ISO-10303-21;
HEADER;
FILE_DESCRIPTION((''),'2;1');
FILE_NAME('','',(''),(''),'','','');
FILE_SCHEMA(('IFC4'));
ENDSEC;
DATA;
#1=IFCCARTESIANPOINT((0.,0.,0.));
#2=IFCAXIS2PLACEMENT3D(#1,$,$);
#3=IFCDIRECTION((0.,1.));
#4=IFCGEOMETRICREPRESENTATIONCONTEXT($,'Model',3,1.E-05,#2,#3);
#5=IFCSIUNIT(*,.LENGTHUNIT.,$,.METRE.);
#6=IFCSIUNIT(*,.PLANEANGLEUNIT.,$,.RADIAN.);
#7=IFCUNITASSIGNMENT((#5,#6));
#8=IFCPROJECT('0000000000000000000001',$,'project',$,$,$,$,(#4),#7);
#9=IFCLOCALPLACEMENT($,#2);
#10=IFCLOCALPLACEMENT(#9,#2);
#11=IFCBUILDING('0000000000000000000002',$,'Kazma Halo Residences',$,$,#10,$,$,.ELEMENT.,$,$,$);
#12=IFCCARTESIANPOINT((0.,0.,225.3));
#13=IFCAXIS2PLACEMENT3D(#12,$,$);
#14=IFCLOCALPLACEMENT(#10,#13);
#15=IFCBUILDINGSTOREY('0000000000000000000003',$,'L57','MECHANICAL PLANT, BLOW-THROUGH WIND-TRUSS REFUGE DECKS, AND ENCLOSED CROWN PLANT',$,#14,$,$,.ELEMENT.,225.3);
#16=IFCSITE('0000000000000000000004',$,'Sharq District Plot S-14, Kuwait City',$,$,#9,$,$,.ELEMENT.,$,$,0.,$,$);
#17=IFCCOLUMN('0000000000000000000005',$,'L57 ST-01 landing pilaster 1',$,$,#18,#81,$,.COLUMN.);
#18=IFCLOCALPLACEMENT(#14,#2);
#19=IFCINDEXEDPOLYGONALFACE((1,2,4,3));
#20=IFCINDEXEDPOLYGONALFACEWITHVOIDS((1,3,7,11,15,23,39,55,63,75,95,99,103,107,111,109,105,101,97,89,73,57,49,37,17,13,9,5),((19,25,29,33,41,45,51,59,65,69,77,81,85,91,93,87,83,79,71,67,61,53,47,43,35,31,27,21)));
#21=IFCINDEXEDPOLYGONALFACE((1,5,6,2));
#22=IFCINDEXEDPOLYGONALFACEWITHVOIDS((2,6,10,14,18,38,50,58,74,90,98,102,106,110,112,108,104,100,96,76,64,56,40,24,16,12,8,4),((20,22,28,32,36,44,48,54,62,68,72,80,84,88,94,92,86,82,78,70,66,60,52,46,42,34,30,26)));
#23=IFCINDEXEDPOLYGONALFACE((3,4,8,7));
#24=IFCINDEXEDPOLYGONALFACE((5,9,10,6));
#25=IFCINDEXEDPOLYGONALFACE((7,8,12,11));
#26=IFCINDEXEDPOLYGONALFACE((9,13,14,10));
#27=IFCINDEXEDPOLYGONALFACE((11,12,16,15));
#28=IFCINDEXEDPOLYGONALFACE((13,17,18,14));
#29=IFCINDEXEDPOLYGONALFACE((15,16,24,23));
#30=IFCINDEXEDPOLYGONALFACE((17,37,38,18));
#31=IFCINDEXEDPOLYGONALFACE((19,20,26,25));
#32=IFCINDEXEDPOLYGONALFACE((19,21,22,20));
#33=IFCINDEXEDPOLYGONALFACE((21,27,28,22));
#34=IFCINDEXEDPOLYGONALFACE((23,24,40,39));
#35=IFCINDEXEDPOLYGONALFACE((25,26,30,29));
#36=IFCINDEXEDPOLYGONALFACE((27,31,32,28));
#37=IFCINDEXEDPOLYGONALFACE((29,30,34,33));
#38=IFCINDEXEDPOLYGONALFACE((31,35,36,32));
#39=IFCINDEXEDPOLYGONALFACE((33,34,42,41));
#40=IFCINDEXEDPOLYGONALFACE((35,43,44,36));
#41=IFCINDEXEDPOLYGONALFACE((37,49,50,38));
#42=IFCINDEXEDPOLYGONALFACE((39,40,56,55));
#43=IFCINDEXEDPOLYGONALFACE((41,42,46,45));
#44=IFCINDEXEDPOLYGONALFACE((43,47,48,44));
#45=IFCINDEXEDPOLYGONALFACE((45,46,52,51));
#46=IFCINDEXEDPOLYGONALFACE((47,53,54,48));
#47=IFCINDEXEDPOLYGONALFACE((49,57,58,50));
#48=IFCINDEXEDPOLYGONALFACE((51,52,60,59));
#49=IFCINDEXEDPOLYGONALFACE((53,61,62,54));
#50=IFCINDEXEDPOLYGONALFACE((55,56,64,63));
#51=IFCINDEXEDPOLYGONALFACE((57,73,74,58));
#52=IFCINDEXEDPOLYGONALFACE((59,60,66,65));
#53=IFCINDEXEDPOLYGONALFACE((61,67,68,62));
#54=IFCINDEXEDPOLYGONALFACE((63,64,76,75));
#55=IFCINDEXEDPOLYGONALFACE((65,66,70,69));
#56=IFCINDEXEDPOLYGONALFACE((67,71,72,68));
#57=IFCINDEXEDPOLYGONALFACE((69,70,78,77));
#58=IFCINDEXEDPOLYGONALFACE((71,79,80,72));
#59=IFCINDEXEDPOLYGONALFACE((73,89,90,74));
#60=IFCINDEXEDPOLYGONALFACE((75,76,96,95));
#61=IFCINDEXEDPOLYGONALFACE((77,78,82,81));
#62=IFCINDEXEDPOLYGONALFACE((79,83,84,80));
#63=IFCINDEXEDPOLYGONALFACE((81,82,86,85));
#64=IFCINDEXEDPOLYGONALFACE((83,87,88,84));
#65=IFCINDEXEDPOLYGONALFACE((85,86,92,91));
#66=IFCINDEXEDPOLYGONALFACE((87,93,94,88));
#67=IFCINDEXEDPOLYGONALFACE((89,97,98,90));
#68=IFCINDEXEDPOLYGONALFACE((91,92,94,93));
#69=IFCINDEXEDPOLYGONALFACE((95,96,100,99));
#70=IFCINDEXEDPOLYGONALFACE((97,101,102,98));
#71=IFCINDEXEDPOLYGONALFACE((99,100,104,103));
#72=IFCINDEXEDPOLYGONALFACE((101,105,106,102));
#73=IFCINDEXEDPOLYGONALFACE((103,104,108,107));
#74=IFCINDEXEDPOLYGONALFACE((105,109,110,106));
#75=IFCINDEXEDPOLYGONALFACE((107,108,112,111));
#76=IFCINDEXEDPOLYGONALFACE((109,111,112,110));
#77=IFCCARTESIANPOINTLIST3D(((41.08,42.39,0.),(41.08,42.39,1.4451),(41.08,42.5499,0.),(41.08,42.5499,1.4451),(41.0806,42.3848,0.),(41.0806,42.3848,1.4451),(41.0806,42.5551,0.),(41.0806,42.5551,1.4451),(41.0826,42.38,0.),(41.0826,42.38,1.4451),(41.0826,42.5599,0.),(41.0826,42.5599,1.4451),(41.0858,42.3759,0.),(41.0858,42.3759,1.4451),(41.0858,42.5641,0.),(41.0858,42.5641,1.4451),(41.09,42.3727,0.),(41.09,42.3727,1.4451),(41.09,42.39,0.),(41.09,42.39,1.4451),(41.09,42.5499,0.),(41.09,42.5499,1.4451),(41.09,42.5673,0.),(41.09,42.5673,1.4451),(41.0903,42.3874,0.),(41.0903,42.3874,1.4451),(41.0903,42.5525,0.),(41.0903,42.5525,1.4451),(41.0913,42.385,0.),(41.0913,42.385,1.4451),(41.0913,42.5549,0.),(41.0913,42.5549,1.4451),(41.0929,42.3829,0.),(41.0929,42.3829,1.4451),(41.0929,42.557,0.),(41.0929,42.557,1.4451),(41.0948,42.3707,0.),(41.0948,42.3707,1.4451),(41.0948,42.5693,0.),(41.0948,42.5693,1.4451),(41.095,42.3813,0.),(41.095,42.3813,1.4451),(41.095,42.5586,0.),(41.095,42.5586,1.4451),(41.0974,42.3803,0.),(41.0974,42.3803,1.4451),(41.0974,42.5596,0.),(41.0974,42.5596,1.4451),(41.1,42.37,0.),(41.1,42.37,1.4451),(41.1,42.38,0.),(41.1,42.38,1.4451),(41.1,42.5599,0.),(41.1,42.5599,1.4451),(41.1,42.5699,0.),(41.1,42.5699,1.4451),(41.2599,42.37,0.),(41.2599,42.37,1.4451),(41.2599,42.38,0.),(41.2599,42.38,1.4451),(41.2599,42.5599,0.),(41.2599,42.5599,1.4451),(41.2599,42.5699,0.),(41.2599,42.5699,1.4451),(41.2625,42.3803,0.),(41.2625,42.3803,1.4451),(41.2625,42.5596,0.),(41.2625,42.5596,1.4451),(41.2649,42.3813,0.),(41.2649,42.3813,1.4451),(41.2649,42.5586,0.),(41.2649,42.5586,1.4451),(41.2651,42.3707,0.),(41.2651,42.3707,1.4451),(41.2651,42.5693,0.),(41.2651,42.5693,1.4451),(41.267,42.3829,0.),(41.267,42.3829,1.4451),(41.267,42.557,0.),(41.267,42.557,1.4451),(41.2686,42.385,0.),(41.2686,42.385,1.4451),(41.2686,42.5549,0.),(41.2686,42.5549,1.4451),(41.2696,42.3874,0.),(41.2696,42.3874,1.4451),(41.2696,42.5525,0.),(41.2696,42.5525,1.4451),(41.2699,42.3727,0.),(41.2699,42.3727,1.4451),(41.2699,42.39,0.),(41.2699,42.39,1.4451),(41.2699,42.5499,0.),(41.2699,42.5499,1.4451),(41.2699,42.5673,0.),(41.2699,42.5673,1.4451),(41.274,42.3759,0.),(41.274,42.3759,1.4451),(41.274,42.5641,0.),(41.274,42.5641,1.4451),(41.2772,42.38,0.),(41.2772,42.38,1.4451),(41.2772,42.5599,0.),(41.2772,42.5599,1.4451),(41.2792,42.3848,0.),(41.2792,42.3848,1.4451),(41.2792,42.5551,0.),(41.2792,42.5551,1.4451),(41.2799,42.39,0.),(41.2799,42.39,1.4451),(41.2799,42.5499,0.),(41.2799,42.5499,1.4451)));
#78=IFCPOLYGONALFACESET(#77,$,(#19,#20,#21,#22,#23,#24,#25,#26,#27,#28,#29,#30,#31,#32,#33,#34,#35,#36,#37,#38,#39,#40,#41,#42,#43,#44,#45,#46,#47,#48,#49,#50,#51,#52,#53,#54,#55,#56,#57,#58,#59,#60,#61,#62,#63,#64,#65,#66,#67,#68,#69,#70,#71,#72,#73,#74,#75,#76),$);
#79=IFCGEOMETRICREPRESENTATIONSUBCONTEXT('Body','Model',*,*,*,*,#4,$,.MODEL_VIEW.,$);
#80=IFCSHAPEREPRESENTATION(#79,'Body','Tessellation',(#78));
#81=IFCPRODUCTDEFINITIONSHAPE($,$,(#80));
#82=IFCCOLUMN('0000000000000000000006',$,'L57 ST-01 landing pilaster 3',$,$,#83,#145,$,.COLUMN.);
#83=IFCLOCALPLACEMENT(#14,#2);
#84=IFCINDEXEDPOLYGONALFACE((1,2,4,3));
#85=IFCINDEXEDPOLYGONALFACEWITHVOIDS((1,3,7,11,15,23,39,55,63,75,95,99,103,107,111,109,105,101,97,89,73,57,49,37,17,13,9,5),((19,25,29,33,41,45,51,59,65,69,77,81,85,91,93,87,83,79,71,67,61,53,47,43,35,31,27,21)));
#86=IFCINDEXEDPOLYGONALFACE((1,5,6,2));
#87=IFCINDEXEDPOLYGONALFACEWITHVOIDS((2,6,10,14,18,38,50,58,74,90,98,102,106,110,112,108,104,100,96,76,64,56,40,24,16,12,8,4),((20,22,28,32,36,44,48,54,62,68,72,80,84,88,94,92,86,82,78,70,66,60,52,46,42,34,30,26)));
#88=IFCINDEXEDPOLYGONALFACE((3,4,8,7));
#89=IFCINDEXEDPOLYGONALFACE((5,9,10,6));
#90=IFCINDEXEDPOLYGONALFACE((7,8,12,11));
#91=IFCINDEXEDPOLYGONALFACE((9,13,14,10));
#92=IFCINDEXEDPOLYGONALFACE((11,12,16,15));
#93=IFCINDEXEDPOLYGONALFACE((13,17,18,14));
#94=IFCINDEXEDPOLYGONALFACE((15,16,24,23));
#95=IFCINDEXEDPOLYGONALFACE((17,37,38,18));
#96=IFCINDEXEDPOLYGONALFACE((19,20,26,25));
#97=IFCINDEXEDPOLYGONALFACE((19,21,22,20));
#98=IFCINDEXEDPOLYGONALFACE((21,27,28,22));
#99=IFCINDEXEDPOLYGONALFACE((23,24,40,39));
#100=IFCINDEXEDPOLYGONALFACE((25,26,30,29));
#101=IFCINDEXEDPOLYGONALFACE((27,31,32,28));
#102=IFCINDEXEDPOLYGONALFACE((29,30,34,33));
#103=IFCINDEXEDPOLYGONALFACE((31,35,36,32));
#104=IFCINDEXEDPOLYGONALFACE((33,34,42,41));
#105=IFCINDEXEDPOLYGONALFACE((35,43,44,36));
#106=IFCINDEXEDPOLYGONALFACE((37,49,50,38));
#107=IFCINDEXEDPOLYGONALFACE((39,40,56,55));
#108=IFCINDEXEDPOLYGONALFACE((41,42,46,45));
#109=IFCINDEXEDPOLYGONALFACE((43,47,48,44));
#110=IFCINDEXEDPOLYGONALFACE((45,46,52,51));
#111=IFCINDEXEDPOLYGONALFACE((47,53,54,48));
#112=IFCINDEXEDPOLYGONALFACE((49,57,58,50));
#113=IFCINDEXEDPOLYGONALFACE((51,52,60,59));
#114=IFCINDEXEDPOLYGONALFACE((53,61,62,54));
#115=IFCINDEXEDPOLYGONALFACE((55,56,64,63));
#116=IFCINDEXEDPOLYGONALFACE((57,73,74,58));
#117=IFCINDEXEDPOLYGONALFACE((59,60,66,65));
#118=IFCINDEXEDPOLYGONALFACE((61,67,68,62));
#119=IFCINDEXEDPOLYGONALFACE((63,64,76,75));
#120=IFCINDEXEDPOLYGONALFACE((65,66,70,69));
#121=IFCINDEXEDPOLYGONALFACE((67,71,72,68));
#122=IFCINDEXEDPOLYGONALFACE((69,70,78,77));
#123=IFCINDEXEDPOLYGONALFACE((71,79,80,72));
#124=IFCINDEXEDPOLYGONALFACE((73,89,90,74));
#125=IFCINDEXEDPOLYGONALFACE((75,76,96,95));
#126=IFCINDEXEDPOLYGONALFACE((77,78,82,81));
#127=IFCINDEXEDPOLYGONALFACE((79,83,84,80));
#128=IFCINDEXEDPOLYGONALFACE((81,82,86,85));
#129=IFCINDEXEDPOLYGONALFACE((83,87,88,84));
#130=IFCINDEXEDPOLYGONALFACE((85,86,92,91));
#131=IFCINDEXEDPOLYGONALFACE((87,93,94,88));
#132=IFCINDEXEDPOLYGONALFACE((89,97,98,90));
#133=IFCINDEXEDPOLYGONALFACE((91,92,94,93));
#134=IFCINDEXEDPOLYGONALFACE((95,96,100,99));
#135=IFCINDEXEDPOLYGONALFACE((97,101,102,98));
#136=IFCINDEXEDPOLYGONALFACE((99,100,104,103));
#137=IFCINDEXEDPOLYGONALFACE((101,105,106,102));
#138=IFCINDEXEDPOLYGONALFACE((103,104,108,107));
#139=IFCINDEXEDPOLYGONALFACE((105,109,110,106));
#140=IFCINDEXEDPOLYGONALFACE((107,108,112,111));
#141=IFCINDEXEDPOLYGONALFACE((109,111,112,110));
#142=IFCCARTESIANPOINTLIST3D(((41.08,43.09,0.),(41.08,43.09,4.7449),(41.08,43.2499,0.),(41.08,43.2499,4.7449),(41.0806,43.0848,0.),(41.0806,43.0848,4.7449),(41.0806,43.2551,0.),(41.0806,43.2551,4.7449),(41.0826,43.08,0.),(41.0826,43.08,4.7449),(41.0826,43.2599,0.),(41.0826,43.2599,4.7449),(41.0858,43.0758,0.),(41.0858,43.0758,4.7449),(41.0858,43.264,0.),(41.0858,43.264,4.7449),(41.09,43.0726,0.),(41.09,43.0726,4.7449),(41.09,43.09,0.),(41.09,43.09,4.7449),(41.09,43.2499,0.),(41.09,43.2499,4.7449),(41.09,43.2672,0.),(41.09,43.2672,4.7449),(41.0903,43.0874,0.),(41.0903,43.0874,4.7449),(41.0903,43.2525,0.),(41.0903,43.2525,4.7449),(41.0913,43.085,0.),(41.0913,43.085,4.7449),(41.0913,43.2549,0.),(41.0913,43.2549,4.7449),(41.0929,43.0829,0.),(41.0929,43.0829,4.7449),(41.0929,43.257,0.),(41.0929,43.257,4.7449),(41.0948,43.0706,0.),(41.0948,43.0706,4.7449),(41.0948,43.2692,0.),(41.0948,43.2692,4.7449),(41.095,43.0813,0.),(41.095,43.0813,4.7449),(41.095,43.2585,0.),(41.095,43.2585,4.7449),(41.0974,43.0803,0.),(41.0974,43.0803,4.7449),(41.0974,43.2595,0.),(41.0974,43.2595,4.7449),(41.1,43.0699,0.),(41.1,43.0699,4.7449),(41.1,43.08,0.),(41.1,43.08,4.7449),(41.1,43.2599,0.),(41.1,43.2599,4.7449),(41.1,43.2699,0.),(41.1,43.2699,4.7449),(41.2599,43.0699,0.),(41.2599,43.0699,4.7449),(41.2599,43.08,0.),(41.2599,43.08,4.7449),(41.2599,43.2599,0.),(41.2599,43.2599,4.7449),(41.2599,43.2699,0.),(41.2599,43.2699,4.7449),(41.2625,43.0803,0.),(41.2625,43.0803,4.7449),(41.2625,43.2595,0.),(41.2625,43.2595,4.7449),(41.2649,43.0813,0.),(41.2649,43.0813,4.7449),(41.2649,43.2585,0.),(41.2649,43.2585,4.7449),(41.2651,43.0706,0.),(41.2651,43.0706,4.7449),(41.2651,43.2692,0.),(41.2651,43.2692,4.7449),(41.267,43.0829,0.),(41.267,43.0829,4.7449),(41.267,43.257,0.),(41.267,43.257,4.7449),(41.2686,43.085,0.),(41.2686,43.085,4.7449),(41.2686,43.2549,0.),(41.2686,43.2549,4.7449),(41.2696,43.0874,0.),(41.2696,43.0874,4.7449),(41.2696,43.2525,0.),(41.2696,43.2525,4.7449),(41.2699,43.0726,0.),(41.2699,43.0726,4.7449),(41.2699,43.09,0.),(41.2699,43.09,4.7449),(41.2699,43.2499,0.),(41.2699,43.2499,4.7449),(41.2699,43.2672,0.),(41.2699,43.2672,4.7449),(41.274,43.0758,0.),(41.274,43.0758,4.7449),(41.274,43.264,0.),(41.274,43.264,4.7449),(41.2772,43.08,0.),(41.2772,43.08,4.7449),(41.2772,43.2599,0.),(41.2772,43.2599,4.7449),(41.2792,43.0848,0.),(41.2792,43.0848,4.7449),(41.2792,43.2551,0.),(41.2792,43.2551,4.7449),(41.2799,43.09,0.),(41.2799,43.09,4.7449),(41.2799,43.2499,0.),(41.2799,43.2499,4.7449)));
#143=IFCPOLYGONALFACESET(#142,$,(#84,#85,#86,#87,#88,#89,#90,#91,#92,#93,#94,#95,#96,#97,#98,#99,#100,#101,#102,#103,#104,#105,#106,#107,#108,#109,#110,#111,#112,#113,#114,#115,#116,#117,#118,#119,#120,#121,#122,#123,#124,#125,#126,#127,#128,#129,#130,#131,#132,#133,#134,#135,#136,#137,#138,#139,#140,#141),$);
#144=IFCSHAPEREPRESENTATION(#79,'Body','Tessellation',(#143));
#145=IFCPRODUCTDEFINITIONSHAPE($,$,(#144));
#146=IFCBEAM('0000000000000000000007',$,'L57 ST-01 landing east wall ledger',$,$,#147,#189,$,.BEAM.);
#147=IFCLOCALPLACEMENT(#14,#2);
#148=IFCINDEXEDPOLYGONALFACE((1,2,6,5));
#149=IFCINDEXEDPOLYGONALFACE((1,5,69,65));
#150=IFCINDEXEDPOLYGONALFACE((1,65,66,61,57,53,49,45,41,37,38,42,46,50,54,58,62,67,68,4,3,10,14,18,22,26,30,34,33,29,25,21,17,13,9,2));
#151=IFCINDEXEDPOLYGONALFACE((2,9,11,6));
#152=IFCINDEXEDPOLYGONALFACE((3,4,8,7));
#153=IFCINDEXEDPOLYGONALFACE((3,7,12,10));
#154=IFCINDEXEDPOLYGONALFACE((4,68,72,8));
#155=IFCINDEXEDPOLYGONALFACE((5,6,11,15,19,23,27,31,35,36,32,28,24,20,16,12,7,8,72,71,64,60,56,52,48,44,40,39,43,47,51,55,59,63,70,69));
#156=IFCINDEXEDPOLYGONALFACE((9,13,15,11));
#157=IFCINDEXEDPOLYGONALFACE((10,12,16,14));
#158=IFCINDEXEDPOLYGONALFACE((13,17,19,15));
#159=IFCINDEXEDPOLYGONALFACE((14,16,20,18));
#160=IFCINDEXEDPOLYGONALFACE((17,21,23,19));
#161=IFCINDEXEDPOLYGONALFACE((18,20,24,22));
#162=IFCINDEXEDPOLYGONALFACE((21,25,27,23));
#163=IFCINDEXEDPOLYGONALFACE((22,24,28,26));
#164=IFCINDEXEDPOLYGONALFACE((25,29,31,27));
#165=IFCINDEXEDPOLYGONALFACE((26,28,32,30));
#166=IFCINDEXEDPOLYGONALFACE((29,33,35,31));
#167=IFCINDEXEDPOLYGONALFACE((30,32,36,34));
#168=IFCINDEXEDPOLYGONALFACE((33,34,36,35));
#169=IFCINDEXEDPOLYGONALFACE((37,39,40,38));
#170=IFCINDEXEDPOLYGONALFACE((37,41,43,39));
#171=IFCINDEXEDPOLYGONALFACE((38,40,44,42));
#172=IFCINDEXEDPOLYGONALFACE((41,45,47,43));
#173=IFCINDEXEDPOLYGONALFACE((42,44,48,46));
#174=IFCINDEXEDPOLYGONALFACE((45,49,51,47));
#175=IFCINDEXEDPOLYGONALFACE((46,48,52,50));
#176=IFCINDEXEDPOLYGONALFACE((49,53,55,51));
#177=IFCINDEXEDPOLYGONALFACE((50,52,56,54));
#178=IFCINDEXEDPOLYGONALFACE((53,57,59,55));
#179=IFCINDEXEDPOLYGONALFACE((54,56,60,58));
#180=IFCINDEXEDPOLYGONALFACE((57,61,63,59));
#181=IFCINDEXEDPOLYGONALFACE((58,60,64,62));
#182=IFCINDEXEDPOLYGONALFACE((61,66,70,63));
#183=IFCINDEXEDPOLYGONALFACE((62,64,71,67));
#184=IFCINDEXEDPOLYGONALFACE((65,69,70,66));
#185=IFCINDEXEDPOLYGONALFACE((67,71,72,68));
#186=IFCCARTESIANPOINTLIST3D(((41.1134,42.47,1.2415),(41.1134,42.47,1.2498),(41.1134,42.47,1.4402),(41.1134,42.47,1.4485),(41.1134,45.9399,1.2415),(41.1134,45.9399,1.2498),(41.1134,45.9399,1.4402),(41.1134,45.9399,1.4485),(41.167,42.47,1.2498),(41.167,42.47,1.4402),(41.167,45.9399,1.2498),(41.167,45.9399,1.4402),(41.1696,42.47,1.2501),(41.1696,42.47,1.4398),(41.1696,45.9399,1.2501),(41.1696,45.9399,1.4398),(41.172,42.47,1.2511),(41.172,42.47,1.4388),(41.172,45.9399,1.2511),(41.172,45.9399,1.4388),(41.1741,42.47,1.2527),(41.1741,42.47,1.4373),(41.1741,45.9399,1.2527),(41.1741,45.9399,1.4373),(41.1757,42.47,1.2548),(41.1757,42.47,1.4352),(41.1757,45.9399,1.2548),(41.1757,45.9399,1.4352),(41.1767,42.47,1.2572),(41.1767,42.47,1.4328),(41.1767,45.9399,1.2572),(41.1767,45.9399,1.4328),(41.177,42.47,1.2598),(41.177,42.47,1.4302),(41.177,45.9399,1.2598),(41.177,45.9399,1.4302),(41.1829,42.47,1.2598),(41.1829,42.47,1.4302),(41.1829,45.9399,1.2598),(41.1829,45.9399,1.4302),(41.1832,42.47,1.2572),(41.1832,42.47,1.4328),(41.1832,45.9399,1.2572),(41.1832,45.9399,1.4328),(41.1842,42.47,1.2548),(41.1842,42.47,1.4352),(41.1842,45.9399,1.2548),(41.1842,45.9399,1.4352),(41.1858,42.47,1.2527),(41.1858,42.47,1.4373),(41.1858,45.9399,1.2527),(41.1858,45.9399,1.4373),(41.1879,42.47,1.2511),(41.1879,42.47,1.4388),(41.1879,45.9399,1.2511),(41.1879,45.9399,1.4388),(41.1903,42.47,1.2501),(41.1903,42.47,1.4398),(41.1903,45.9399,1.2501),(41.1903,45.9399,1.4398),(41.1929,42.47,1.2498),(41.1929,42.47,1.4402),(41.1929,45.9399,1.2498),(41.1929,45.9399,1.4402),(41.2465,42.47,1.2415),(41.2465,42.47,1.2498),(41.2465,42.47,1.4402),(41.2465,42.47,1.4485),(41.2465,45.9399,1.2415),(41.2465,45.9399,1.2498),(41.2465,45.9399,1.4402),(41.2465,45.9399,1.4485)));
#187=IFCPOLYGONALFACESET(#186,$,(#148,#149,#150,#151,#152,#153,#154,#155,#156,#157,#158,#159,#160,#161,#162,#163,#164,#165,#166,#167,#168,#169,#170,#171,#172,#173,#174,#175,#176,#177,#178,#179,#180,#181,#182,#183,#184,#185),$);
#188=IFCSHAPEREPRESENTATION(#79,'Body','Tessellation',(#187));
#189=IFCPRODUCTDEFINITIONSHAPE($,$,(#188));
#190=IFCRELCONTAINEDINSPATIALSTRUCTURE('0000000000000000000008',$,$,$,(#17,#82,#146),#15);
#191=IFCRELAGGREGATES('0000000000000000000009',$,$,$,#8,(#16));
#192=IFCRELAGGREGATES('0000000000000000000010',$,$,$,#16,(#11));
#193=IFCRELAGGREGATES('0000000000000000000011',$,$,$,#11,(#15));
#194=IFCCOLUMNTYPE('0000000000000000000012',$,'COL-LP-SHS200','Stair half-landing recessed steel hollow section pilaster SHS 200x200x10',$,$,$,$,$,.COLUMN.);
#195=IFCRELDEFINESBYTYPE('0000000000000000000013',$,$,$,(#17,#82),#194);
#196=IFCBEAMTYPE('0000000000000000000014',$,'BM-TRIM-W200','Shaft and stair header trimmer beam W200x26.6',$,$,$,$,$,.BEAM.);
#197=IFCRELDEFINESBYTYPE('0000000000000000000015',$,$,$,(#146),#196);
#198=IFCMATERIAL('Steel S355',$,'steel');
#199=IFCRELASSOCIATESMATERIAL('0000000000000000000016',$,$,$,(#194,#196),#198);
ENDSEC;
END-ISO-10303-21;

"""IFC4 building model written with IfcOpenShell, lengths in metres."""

from ifc_helpers import new_model, si_unit, direction, frame, origin, origin_2d, place, context, subcontext, project, spatial, hollow_rectangle, i_section, extrude, material, material_profile, profile_set, type_object, element, save


model = new_model("IFC4")

# Units and contexts
model_context = context("Model", 3, precision=1e-05, world=origin(), true_north=direction((0.0, 1.0)))
body_context = subcontext(model_context, "Body", "Model", "MODEL_VIEW")
ifc_project = project(units=[si_unit("LENGTHUNIT", "METRE"), si_unit("PLANEANGLEUNIT", "RADIAN")], contexts=[model_context])

# Site, building, storey
site_placement = place(None, origin())
site = spatial("IfcSite", under=ifc_project, at=site_placement, Name="Sharq District Plot S-14, Kuwait City", CompositionType="ELEMENT", RefElevation=0.0)
building_placement = place(site_placement, origin())
building = spatial("IfcBuilding", under=site, at=building_placement, Name="Kazma Halo Residences", CompositionType="ELEMENT")
storey_placement = place(building_placement, frame((0.0, 0.0, 225.3)))
storey = spatial("IfcBuildingStorey", under=building, at=storey_placement, Name="L57", Description="MECHANICAL PLANT, BLOW-THROUGH WIND-TRUSS REFUGE DECKS, AND ENCLOSED CROWN PLANT", CompositionType="ELEMENT", Elevation=225.3)

# Columns
ifc_material_1 = material(Name="Steel S355", Category="steel")
ifc_material_profile_1 = material_profile(ifc_material_1, hollow_rectangle(XDim=0.2, YDim=0.2, WallThickness=0.01, InnerFilletRadius=0.01, OuterFilletRadius=0.02, at=origin_2d()), Name="SHS200x200x10")
ifc_profile_set_1 = profile_set([ifc_material_profile_1], Name="Steel S355")
column_type = type_object("IfcColumnType", Name="COL-LP-SHS200", Description="Stair half-landing recessed steel hollow section pilaster SHS 200x200x10", PredefinedType="COLUMN", material=ifc_profile_set_1)
column_1_placement = place(storey_placement, frame((41.1799, 42.47, 0.0), z_axis=(0.0, 0.0, 1.0), x_axis=(1.0, 0.0, 0.0)))
element("IfcColumn", 1, at=column_1_placement, inside=storey, type_object=column_type, Name="L57 ST-01 landing pilaster 1", PredefinedType="COLUMN", context=body_context, shape_type="SweptSolid", body=[
    extrude(hollow_rectangle(XDim=0.2, YDim=0.2, WallThickness=0.01, InnerFilletRadius=0.01, OuterFilletRadius=0.02, at=origin_2d()), origin(), (0.0, 0.0, 1.0), 1.4451),
])
column_2_placement = place(storey_placement, frame((41.1799, 43.1699, 0.0), z_axis=(0.0, 0.0, 1.0), x_axis=(1.0, 0.0, 0.0)))
element("IfcColumn", 2, at=column_2_placement, inside=storey, type_object=column_type, Name="L57 ST-01 landing pilaster 3", PredefinedType="COLUMN", context=body_context, shape_type="SweptSolid", body=[
    extrude(hollow_rectangle(XDim=0.2, YDim=0.2, WallThickness=0.01, InnerFilletRadius=0.01, OuterFilletRadius=0.02, at=origin_2d()), origin(), (0.0, 0.0, 1.0), 4.7449),
])

# Beam
ifc_material_profile_2 = material_profile(ifc_material_1, i_section(OverallWidth=0.1331, OverallDepth=0.207, WebThickness=0.0059, FlangeThickness=0.0083, FilletRadius=0.01, at=origin_2d()), Name="W200x26.6")
ifc_profile_set_2 = profile_set([ifc_material_profile_2], Name="Steel S355")
beam_type = type_object("IfcBeamType", Name="BM-TRIM-W200", Description="Shaft and stair header trimmer beam W200x26.6", PredefinedType="BEAM", material=ifc_profile_set_2)
beam_1_placement = place(storey_placement, frame((41.1799, 42.47, 1.345), z_axis=(0.0, 1.0, 0.0), x_axis=(-1.0, 0.0, 0.0)))
element("IfcBeam", 3, at=beam_1_placement, inside=storey, type_object=beam_type, Name="L57 ST-01 landing east wall ledger", PredefinedType="BEAM", context=body_context, shape_type="SweptSolid", body=[
    extrude(i_section(OverallWidth=0.1331, OverallDepth=0.207, WebThickness=0.0059, FlangeThickness=0.0083, FilletRadius=0.01, at=origin_2d()), origin(), (0.0, 0.0, 1.0), 3.47),
])

save(model, "model.ifc")
